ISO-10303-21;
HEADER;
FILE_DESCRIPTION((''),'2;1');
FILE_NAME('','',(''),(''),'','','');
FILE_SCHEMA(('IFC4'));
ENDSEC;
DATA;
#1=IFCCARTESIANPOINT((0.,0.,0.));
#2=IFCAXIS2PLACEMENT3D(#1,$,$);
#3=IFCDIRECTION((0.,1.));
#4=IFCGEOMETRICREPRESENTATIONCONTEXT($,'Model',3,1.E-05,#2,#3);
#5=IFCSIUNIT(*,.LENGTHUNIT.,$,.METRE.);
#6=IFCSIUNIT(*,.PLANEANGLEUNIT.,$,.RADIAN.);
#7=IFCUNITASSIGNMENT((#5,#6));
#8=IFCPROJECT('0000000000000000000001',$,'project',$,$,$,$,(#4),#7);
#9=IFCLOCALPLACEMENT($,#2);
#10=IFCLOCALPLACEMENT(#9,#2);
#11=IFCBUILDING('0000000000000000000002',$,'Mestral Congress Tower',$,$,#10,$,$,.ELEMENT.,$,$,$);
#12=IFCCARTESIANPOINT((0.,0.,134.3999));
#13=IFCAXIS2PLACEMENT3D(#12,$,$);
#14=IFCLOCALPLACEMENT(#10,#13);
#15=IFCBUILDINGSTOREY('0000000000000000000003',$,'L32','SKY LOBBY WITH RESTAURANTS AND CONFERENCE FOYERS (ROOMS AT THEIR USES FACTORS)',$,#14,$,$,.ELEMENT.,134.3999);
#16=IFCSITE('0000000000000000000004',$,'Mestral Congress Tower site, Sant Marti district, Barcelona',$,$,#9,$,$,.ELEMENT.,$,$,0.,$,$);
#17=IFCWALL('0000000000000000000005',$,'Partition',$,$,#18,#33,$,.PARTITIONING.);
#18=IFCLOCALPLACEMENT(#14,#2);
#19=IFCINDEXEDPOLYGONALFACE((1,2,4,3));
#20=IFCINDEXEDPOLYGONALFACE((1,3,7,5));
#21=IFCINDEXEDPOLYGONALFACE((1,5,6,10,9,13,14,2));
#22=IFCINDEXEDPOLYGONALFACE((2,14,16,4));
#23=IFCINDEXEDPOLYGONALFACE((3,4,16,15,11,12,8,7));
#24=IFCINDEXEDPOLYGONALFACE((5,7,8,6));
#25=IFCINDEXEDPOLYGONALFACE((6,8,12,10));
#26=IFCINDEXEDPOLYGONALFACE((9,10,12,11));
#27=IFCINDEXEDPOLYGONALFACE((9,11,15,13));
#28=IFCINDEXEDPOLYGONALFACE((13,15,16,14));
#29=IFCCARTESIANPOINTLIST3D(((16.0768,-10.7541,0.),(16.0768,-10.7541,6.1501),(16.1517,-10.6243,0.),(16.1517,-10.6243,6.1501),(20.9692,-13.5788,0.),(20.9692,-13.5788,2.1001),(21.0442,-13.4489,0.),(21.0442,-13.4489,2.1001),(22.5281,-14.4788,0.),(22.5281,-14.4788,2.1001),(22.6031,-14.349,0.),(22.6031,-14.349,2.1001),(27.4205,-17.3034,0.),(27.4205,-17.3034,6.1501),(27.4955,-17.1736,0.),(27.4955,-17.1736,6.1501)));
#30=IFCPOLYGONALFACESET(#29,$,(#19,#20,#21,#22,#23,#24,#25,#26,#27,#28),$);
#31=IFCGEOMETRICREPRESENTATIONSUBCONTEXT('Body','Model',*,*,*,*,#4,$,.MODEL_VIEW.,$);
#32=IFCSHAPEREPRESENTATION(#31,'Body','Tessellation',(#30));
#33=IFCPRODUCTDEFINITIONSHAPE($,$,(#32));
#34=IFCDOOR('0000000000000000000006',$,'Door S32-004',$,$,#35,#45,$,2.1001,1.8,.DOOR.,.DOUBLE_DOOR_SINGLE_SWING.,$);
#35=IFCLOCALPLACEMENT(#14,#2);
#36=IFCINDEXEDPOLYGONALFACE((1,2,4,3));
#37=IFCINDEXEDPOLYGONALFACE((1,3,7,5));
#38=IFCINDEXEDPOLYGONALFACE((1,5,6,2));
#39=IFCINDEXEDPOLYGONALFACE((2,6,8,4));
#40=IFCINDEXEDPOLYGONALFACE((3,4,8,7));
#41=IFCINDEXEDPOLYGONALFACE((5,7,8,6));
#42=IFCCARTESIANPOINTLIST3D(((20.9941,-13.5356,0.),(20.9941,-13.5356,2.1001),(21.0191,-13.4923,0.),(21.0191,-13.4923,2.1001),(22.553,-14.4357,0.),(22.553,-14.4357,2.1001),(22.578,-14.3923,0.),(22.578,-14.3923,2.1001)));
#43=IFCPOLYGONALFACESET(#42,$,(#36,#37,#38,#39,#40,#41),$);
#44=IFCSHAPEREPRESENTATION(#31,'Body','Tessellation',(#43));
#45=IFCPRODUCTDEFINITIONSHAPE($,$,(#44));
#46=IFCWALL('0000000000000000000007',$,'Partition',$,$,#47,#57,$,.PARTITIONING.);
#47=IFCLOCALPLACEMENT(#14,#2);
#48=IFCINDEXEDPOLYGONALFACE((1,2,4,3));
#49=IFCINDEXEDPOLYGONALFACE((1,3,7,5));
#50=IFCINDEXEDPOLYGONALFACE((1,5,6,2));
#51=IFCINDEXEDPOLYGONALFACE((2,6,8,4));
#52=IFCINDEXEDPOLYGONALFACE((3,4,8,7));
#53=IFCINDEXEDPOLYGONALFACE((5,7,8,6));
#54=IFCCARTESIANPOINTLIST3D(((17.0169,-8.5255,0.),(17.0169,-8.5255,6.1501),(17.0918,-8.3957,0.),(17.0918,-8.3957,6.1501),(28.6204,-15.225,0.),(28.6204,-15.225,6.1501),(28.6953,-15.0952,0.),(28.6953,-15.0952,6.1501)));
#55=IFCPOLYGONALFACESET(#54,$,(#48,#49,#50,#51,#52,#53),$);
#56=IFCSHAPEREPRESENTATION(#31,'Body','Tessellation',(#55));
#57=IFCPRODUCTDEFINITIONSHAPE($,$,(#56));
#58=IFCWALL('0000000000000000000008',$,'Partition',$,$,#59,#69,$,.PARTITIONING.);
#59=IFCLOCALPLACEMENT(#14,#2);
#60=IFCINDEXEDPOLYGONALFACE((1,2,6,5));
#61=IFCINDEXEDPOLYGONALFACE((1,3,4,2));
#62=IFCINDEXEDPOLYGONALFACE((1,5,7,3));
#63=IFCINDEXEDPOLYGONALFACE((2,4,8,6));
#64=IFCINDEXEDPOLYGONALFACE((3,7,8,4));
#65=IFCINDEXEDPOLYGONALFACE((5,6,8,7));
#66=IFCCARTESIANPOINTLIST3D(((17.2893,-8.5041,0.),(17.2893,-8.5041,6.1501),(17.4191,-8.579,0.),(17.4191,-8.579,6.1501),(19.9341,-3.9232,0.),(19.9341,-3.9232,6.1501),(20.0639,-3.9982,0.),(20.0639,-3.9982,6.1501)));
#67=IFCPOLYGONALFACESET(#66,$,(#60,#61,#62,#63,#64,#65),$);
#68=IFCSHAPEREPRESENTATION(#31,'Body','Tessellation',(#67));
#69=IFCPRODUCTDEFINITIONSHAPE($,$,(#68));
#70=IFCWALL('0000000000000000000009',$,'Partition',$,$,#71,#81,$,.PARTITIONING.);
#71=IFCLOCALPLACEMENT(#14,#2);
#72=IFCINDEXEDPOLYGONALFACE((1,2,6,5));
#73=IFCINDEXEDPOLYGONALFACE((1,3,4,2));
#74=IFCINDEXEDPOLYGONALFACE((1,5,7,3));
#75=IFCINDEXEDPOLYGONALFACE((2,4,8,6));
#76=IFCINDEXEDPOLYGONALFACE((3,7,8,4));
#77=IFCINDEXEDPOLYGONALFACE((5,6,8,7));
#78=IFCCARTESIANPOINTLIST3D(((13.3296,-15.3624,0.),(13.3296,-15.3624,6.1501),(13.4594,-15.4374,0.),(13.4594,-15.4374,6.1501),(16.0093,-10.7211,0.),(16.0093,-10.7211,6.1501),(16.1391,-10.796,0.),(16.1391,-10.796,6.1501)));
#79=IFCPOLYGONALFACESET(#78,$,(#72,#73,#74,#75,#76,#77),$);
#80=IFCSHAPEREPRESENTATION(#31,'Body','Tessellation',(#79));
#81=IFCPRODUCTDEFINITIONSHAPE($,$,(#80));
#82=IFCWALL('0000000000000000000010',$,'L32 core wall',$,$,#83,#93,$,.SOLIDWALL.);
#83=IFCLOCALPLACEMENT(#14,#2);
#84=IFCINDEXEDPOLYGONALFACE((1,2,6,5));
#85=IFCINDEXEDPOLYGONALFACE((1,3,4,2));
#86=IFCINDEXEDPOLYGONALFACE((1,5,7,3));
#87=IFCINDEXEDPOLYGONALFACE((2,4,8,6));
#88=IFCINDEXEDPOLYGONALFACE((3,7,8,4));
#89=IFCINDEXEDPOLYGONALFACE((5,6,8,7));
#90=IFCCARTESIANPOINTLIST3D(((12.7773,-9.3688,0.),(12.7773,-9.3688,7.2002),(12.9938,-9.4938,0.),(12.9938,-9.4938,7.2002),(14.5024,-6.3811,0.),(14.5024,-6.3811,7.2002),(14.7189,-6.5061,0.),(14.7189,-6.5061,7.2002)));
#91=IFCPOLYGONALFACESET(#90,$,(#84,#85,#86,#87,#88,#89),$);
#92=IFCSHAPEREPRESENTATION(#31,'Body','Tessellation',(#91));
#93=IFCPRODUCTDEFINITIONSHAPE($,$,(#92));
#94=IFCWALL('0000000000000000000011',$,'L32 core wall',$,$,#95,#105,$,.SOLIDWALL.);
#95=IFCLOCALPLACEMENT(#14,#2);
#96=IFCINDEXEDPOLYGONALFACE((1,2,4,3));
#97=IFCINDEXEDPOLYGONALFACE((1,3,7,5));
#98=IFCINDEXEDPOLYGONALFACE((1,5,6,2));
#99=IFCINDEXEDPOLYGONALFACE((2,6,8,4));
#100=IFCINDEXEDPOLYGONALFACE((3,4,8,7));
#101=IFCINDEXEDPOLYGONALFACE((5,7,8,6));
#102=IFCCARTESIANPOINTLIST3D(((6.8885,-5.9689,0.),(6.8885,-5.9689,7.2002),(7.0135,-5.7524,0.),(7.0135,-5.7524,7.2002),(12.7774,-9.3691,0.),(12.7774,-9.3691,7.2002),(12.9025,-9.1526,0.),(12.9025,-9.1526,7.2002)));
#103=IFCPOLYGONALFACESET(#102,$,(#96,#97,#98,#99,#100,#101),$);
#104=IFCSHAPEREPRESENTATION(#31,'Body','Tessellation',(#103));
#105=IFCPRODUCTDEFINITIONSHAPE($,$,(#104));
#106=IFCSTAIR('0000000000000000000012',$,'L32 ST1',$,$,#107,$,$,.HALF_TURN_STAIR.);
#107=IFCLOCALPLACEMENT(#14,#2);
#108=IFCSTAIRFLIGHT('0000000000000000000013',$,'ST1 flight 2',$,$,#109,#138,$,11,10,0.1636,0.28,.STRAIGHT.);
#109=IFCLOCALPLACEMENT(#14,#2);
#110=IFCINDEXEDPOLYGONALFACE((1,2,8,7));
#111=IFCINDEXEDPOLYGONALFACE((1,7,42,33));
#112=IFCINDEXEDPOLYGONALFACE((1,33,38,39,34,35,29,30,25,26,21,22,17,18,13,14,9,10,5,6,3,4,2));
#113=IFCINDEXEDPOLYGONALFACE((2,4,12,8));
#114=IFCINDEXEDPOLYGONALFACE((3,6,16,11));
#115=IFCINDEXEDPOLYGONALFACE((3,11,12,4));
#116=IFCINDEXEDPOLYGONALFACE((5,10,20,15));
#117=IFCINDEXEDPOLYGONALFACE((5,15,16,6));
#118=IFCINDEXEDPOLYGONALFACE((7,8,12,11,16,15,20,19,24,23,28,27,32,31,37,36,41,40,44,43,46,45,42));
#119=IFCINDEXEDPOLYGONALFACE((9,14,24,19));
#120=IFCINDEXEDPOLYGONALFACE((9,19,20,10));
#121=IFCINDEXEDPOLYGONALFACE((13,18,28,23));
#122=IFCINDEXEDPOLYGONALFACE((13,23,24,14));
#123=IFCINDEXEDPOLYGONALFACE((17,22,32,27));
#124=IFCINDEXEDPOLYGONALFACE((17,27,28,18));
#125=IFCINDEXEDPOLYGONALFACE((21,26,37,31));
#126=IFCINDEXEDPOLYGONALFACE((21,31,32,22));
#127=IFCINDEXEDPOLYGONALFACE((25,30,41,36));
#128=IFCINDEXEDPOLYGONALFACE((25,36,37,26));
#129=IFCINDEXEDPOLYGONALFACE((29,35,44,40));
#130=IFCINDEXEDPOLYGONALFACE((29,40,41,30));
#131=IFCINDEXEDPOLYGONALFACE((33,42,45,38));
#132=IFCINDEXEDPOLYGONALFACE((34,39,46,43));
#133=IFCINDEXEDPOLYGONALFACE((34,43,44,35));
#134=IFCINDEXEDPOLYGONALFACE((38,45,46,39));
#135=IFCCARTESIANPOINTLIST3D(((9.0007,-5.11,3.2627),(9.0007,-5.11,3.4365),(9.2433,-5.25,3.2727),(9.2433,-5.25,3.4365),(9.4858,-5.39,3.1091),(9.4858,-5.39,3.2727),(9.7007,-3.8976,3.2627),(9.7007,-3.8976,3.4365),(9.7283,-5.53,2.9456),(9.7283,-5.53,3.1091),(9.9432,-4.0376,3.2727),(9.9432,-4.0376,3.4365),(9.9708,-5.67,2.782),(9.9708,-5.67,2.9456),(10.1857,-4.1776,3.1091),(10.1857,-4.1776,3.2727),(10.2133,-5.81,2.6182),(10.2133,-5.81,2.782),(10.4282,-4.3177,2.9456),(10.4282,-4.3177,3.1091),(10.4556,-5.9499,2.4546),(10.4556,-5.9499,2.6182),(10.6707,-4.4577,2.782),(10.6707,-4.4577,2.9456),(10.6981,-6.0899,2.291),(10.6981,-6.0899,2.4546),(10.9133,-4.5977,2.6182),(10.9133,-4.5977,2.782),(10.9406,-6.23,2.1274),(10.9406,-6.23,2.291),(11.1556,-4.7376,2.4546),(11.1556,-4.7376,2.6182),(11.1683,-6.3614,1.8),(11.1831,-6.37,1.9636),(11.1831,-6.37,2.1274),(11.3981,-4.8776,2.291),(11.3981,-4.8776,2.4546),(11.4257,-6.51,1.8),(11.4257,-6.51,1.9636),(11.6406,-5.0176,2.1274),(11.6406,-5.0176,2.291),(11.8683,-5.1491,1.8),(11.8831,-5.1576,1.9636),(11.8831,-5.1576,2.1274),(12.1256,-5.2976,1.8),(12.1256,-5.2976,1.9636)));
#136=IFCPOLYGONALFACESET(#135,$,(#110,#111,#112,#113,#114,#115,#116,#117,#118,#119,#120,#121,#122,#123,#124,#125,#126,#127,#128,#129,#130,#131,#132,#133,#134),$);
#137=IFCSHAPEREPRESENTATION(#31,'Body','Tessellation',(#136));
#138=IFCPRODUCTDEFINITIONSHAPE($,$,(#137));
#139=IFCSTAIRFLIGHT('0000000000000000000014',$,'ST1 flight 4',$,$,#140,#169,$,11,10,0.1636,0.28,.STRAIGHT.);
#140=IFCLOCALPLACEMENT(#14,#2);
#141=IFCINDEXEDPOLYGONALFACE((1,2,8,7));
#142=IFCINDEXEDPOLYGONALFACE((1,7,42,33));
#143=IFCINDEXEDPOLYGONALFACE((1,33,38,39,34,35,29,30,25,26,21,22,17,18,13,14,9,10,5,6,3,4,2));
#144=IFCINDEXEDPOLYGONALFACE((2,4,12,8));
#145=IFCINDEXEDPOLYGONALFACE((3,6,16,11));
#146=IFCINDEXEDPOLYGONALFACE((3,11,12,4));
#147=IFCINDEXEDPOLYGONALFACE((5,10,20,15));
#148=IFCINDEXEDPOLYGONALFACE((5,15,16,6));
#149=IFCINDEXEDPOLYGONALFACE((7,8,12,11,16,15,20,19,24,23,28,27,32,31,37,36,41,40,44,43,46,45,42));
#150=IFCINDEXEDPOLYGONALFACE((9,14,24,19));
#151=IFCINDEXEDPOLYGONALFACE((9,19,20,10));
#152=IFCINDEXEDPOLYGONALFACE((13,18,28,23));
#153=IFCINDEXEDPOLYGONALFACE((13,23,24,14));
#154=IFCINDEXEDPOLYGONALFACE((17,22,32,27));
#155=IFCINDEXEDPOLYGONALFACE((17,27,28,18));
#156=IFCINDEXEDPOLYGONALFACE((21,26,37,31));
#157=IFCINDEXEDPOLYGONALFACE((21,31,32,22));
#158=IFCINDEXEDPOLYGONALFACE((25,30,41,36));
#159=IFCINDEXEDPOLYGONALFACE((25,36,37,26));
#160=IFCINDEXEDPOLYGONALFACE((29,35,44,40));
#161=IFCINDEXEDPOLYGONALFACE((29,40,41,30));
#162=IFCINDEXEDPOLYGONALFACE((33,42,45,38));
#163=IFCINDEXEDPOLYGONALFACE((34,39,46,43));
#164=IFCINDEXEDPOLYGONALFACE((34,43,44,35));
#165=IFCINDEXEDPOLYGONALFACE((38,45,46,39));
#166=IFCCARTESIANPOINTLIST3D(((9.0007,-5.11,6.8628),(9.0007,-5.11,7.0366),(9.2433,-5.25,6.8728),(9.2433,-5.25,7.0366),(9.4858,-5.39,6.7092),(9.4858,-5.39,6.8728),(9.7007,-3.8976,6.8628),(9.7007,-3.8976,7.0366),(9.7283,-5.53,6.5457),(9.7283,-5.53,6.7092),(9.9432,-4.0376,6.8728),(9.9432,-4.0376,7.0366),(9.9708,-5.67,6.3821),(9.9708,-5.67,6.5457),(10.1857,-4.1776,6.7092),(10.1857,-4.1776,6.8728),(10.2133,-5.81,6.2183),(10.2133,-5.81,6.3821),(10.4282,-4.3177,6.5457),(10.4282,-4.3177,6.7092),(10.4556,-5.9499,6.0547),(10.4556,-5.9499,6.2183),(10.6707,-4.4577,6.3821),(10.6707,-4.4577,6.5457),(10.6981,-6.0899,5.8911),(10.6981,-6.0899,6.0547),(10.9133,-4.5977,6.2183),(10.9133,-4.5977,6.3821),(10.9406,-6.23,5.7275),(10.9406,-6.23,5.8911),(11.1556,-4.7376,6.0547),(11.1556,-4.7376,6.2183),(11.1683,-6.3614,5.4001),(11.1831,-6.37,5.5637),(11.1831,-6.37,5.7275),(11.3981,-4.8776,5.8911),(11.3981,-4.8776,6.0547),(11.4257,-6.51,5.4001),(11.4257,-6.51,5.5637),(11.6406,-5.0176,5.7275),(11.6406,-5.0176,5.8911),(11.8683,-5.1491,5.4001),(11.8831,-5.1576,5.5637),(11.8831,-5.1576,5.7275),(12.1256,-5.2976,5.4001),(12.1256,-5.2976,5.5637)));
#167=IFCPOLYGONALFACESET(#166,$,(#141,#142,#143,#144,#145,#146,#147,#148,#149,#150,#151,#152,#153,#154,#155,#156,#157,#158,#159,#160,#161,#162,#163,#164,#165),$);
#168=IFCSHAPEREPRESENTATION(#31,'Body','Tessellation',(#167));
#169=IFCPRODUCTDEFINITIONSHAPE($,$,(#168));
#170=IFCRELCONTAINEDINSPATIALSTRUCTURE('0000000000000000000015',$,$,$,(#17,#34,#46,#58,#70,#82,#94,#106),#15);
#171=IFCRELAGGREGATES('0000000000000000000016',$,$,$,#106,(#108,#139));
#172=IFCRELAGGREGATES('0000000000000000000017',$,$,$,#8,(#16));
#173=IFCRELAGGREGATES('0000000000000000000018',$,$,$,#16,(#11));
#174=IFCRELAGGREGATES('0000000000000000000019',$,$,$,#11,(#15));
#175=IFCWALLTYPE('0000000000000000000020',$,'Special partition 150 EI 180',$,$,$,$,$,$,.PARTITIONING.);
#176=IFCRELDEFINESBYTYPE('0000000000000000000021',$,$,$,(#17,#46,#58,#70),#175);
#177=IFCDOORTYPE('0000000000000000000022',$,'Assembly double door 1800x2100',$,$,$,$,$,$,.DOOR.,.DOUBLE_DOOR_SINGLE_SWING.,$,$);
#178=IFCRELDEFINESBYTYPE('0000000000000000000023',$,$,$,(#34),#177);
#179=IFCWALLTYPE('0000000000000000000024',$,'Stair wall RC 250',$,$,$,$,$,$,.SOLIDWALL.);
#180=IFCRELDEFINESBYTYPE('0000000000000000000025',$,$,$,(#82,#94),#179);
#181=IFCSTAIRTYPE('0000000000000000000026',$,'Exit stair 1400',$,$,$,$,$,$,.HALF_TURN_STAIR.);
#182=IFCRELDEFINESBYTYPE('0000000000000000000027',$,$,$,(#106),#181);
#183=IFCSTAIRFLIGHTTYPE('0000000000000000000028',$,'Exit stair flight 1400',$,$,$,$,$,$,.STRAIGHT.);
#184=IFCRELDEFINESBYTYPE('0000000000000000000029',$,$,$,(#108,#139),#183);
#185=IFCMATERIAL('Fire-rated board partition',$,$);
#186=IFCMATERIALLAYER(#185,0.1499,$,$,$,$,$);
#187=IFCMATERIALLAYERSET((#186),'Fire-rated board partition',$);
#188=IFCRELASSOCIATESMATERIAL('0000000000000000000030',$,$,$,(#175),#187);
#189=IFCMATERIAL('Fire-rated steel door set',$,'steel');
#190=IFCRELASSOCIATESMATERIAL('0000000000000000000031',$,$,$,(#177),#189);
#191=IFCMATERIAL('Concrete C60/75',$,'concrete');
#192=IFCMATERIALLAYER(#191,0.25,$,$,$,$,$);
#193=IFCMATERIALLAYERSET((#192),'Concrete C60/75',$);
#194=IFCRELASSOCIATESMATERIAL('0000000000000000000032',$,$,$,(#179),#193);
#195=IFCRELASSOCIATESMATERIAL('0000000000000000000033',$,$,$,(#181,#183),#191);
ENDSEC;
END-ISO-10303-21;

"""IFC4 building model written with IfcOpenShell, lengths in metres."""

from ifc_helpers import new_model, si_unit, direction, frame, frame_2d, origin, place, context, subcontext, project, spatial, polyline, rectangle, outline, extrude, material, layer, layer_set, type_object, element, fill, aggregate, save


model = new_model("IFC4")

# Units and contexts
model_context = context("Model", 3, precision=1e-05, world=origin(), true_north=direction((0.0, 1.0)))
body_context = subcontext(model_context, "Body", "Model", "MODEL_VIEW")
ifc_project = project(units=[si_unit("LENGTHUNIT", "METRE"), si_unit("PLANEANGLEUNIT", "RADIAN")], contexts=[model_context])

# Site, building, storey
site_placement = place(None, origin())
site = spatial("IfcSite", under=ifc_project, at=site_placement, Name="Mestral Congress Tower site, Sant Marti district, Barcelona", CompositionType="ELEMENT", RefElevation=0.0)
building_placement = place(site_placement, origin())
building = spatial("IfcBuilding", under=site, at=building_placement, Name="Mestral Congress Tower", CompositionType="ELEMENT")
storey_placement = place(building_placement, frame((0.0, 0.0, 134.3999)))
storey = spatial("IfcBuildingStorey", under=building, at=storey_placement, Name="L32", Description="SKY LOBBY WITH RESTAURANTS AND CONFERENCE FOYERS (ROOMS AT THEIR USES FACTORS)", CompositionType="ELEMENT", Elevation=134.3999)

# Shared definitions
ifc_material_1 = material(Name="Fire-rated board partition")

# Shared definitions
ifc_material_2 = material(Name="Fire-rated steel door set", Category="steel")
ifc_material_3 = material(Name="Concrete C60/75", Category="concrete")

# Shared definitions
ifc_layer_1 = layer(ifc_material_1, 0.1499)
ifc_layer_set_1 = layer_set([ifc_layer_1], Name="Fire-rated board partition")
wall_type_1 = type_object("IfcWallType", Name="Special partition 150 EI 180", PredefinedType="PARTITIONING", material=ifc_layer_set_1)
door_type_1 = type_object("IfcDoorType", Name="Assembly double door 1800x2100", OperationType="DOUBLE_DOOR_SINGLE_SWING", PredefinedType="DOOR", material=ifc_material_2)

# Wall, opening, door
wall_1_placement = place(storey_placement, frame((16.1143, -10.6892, 0.0), z_axis=(0.0, 0.0, 1.0), x_axis=(0.866025, -0.5, 0.0)))
wall_1 = element("IfcWall", 1, at=wall_1_placement, inside=storey, type_object=wall_type_1, Name="Partition", PredefinedType="PARTITIONING", context=body_context, shape_type="SweptSolid", body=[
    extrude(rectangle(XDim=13.0986, YDim=0.1499, at=frame_2d((6.5493, 0.0))), origin(), (0.0, 0.0, 1.0), 6.1501),
])
opening_1_placement = place(wall_1_placement, frame((5.6494, 0.0, 0.0)))
opening_1 = element("IfcOpeningElement", 2, at=opening_1_placement, cuts=wall_1, PredefinedType="OPENING", context=body_context, shape_type="SweptSolid", body=[
    extrude(rectangle(XDim=1.8, YDim=2.1001, at=frame_2d((0.8999, 1.05))), frame((0.0, 0.085, 0.0), z_axis=(0.0, -1.0, 0.0), x_axis=(1.0, 0.0, 0.0)), (0.0, 0.0, 1.0), 0.1699),
])
door_1_placement = place(opening_1_placement, origin())
door_1 = element("IfcDoor", 3, at=door_1_placement, inside=storey, type_object=door_type_1, Name="Door S32-004", OperationType="DOUBLE_DOOR_SINGLE_SWING", OverallHeight=2.1001, OverallWidth=1.8, PredefinedType="DOOR", context=body_context, shape_type="SweptSolid", body=[
    extrude(rectangle(XDim=1.8, YDim=2.1001, at=frame_2d((0.8999, 1.05))), frame((0.0, 0.0249, 0.0), z_axis=(0.0, -1.0, 0.0), x_axis=(1.0, 0.0, 0.0)), (0.0, 0.0, 1.0), 0.05),
])
fill(opening_1, door_1)

# Walls
wall_2_placement = place(storey_placement, frame((17.0544, -8.4607, 0.0), z_axis=(0.0, 0.0, 1.0), x_axis=(0.86602, -0.50001, 0.0)))
element("IfcWall", 4, at=wall_2_placement, inside=storey, type_object=wall_type_1, Name="Partition", PredefinedType="PARTITIONING", context=body_context, shape_type="SweptSolid", body=[
    extrude(rectangle(XDim=13.3987, YDim=0.1499, at=frame_2d((6.6992, 0.0))), origin(), (0.0, 0.0, 1.0), 6.1501),
])
wall_3_placement = place(storey_placement, frame((19.999, -3.9607, 0.0), z_axis=(0.0, 0.0, 1.0), x_axis=(-0.500006, -0.866022, 0.0)))
element("IfcWall", 5, at=wall_3_placement, inside=storey, type_object=wall_type_1, Name="Partition", PredefinedType="PARTITIONING", context=body_context, shape_type="SweptSolid", body=[
    extrude(rectangle(XDim=5.2896, YDim=0.1499, at=frame_2d((2.6448, 0.0))), origin(), (0.0, 0.0, 1.0), 6.1501),
])
wall_4_placement = place(storey_placement, frame((16.0742, -10.7585, 0.0), z_axis=(0.0, 0.0, 1.0), x_axis=(-0.5, -0.866026, 0.0)))
element("IfcWall", 6, at=wall_4_placement, inside=storey, type_object=wall_type_1, Name="Partition", PredefinedType="PARTITIONING", context=body_context, shape_type="SweptSolid", body=[
    extrude(rectangle(XDim=5.3594, YDim=0.1499, at=frame_2d((2.6797, 0.0))), origin(), (0.0, 0.0, 1.0), 6.1501),
])
ifc_layer_2 = layer(ifc_material_3, 0.25)
ifc_layer_set_2 = layer_set([ifc_layer_2], Name="Concrete C60/75")
wall_type_2 = type_object("IfcWallType", Name="Stair wall RC 250", PredefinedType="SOLIDWALL", material=ifc_layer_set_2)
wall_5_placement = place(storey_placement, frame((12.8855, -9.4314, 0.0), z_axis=(0.0, 0.0, 1.0), x_axis=(0.500021, 0.866014, 0.0)))
element("IfcWall", 7, at=wall_5_placement, inside=storey, type_object=wall_type_2, Name="L32 core wall", PredefinedType="SOLIDWALL", context=body_context, shape_type="SweptSolid", body=[
    extrude(rectangle(XDim=3.45, YDim=0.25, at=frame_2d((1.7251, 0.0))), origin(), (0.0, 0.0, 1.0), 7.2002),
])
wall_6_placement = place(storey_placement, frame((12.8398, -9.2607, 0.0), z_axis=(0.0, 0.0, 1.0), x_axis=(-0.866014, 0.50002, 0.0)))
element("IfcWall", 8, at=wall_6_placement, inside=storey, type_object=wall_type_2, Name="L32 core wall", PredefinedType="SOLIDWALL", context=body_context, shape_type="SweptSolid", body=[
    extrude(rectangle(XDim=6.8, YDim=0.25, at=frame_2d((3.3999, 0.0))), origin(), (0.0, 0.0, 1.0), 7.2002),
])

# Stair, stair flights
stair_type = type_object("IfcStairType", Name="Exit stair 1400", PredefinedType="HALF_TURN_STAIR", material=ifc_material_3)
stair_placement = place(storey_placement, origin())
stair = element("IfcStair", 9, at=stair_placement, inside=storey, type_object=stair_type, Name="L32 ST1", PredefinedType="HALF_TURN_STAIR")
stair_flight_type = type_object("IfcStairFlightType", Name="Exit stair flight 1400", PredefinedType="STRAIGHT", material=ifc_material_3)
stair_flight_1_placement = place(storey_placement, frame((11.7756, -5.9038, 1.8), z_axis=(0.0, 0.0, 1.0), x_axis=(-0.866025, 0.5, 0.0)))
stair_flight_1 = element("IfcStairFlight", 10, at=stair_flight_1_placement, type_object=stair_flight_type, Name="ST1 flight 2", NumberOfRisers=11, NumberOfTreads=10, PredefinedType="STRAIGHT", RiserHeight=0.1636, TreadLength=0.28, context=body_context, shape_type="SweptSolid", body=[
    extrude(outline(polyline([(0.0, 0.0), (0.0, 0.1636), (0.28, 0.1636), (0.28, 0.3274), (0.5601, 0.3274), (0.5601, 0.491), (0.8401, 0.491), (0.8401, 0.6545), (1.1201, 0.6545), (1.1201, 0.8181), (1.3999, 0.8181), (1.3999, 0.9819), (1.6799, 0.9819), (1.6799, 1.1455), (1.96, 1.1455), (1.96, 1.3091), (2.24, 1.3091), (2.24, 1.4727), (2.52, 1.4727), (2.52, 1.6365), (2.8, 1.6365), (2.8, 1.8), (2.8, 1.4626), (0.2971, 0.0), (0.0, 0.0)])), frame((0.0, 0.7, 0.0), z_axis=(0.0, -1.0, 0.0), x_axis=(1.0, 0.0, 0.0)), (0.0, 0.0, 1.0), 1.3999),
])
stair_flight_2_placement = place(storey_placement, frame((11.7756, -5.9038, 5.4001), z_axis=(0.0, 0.0, 1.0), x_axis=(-0.866025, 0.5, 0.0)))
stair_flight_2 = element("IfcStairFlight", 11, at=stair_flight_2_placement, type_object=stair_flight_type, Name="ST1 flight 4", NumberOfRisers=11, NumberOfTreads=10, PredefinedType="STRAIGHT", RiserHeight=0.1636, TreadLength=0.28, context=body_context, shape_type="SweptSolid", body=[
    extrude(outline(polyline([(0.0, 0.0), (0.0, 0.1636), (0.28, 0.1636), (0.28, 0.3274), (0.5601, 0.3274), (0.5601, 0.491), (0.8401, 0.491), (0.8401, 0.6545), (1.1201, 0.6545), (1.1201, 0.8181), (1.3999, 0.8181), (1.3999, 0.9819), (1.6799, 0.9819), (1.6799, 1.1455), (1.96, 1.1455), (1.96, 1.3091), (2.24, 1.3091), (2.24, 1.4727), (2.52, 1.4727), (2.52, 1.6365), (2.8, 1.6365), (2.8, 1.8), (2.8, 1.4626), (0.2971, 0.0), (0.0, 0.0)])), frame((0.0, 0.7, 0.0), z_axis=(0.0, -1.0, 0.0), x_axis=(1.0, 0.0, 0.0)), (0.0, 0.0, 1.0), 1.3999),
])
aggregate(stair, [stair_flight_1, stair_flight_2])

save(model, "model.ifc")
